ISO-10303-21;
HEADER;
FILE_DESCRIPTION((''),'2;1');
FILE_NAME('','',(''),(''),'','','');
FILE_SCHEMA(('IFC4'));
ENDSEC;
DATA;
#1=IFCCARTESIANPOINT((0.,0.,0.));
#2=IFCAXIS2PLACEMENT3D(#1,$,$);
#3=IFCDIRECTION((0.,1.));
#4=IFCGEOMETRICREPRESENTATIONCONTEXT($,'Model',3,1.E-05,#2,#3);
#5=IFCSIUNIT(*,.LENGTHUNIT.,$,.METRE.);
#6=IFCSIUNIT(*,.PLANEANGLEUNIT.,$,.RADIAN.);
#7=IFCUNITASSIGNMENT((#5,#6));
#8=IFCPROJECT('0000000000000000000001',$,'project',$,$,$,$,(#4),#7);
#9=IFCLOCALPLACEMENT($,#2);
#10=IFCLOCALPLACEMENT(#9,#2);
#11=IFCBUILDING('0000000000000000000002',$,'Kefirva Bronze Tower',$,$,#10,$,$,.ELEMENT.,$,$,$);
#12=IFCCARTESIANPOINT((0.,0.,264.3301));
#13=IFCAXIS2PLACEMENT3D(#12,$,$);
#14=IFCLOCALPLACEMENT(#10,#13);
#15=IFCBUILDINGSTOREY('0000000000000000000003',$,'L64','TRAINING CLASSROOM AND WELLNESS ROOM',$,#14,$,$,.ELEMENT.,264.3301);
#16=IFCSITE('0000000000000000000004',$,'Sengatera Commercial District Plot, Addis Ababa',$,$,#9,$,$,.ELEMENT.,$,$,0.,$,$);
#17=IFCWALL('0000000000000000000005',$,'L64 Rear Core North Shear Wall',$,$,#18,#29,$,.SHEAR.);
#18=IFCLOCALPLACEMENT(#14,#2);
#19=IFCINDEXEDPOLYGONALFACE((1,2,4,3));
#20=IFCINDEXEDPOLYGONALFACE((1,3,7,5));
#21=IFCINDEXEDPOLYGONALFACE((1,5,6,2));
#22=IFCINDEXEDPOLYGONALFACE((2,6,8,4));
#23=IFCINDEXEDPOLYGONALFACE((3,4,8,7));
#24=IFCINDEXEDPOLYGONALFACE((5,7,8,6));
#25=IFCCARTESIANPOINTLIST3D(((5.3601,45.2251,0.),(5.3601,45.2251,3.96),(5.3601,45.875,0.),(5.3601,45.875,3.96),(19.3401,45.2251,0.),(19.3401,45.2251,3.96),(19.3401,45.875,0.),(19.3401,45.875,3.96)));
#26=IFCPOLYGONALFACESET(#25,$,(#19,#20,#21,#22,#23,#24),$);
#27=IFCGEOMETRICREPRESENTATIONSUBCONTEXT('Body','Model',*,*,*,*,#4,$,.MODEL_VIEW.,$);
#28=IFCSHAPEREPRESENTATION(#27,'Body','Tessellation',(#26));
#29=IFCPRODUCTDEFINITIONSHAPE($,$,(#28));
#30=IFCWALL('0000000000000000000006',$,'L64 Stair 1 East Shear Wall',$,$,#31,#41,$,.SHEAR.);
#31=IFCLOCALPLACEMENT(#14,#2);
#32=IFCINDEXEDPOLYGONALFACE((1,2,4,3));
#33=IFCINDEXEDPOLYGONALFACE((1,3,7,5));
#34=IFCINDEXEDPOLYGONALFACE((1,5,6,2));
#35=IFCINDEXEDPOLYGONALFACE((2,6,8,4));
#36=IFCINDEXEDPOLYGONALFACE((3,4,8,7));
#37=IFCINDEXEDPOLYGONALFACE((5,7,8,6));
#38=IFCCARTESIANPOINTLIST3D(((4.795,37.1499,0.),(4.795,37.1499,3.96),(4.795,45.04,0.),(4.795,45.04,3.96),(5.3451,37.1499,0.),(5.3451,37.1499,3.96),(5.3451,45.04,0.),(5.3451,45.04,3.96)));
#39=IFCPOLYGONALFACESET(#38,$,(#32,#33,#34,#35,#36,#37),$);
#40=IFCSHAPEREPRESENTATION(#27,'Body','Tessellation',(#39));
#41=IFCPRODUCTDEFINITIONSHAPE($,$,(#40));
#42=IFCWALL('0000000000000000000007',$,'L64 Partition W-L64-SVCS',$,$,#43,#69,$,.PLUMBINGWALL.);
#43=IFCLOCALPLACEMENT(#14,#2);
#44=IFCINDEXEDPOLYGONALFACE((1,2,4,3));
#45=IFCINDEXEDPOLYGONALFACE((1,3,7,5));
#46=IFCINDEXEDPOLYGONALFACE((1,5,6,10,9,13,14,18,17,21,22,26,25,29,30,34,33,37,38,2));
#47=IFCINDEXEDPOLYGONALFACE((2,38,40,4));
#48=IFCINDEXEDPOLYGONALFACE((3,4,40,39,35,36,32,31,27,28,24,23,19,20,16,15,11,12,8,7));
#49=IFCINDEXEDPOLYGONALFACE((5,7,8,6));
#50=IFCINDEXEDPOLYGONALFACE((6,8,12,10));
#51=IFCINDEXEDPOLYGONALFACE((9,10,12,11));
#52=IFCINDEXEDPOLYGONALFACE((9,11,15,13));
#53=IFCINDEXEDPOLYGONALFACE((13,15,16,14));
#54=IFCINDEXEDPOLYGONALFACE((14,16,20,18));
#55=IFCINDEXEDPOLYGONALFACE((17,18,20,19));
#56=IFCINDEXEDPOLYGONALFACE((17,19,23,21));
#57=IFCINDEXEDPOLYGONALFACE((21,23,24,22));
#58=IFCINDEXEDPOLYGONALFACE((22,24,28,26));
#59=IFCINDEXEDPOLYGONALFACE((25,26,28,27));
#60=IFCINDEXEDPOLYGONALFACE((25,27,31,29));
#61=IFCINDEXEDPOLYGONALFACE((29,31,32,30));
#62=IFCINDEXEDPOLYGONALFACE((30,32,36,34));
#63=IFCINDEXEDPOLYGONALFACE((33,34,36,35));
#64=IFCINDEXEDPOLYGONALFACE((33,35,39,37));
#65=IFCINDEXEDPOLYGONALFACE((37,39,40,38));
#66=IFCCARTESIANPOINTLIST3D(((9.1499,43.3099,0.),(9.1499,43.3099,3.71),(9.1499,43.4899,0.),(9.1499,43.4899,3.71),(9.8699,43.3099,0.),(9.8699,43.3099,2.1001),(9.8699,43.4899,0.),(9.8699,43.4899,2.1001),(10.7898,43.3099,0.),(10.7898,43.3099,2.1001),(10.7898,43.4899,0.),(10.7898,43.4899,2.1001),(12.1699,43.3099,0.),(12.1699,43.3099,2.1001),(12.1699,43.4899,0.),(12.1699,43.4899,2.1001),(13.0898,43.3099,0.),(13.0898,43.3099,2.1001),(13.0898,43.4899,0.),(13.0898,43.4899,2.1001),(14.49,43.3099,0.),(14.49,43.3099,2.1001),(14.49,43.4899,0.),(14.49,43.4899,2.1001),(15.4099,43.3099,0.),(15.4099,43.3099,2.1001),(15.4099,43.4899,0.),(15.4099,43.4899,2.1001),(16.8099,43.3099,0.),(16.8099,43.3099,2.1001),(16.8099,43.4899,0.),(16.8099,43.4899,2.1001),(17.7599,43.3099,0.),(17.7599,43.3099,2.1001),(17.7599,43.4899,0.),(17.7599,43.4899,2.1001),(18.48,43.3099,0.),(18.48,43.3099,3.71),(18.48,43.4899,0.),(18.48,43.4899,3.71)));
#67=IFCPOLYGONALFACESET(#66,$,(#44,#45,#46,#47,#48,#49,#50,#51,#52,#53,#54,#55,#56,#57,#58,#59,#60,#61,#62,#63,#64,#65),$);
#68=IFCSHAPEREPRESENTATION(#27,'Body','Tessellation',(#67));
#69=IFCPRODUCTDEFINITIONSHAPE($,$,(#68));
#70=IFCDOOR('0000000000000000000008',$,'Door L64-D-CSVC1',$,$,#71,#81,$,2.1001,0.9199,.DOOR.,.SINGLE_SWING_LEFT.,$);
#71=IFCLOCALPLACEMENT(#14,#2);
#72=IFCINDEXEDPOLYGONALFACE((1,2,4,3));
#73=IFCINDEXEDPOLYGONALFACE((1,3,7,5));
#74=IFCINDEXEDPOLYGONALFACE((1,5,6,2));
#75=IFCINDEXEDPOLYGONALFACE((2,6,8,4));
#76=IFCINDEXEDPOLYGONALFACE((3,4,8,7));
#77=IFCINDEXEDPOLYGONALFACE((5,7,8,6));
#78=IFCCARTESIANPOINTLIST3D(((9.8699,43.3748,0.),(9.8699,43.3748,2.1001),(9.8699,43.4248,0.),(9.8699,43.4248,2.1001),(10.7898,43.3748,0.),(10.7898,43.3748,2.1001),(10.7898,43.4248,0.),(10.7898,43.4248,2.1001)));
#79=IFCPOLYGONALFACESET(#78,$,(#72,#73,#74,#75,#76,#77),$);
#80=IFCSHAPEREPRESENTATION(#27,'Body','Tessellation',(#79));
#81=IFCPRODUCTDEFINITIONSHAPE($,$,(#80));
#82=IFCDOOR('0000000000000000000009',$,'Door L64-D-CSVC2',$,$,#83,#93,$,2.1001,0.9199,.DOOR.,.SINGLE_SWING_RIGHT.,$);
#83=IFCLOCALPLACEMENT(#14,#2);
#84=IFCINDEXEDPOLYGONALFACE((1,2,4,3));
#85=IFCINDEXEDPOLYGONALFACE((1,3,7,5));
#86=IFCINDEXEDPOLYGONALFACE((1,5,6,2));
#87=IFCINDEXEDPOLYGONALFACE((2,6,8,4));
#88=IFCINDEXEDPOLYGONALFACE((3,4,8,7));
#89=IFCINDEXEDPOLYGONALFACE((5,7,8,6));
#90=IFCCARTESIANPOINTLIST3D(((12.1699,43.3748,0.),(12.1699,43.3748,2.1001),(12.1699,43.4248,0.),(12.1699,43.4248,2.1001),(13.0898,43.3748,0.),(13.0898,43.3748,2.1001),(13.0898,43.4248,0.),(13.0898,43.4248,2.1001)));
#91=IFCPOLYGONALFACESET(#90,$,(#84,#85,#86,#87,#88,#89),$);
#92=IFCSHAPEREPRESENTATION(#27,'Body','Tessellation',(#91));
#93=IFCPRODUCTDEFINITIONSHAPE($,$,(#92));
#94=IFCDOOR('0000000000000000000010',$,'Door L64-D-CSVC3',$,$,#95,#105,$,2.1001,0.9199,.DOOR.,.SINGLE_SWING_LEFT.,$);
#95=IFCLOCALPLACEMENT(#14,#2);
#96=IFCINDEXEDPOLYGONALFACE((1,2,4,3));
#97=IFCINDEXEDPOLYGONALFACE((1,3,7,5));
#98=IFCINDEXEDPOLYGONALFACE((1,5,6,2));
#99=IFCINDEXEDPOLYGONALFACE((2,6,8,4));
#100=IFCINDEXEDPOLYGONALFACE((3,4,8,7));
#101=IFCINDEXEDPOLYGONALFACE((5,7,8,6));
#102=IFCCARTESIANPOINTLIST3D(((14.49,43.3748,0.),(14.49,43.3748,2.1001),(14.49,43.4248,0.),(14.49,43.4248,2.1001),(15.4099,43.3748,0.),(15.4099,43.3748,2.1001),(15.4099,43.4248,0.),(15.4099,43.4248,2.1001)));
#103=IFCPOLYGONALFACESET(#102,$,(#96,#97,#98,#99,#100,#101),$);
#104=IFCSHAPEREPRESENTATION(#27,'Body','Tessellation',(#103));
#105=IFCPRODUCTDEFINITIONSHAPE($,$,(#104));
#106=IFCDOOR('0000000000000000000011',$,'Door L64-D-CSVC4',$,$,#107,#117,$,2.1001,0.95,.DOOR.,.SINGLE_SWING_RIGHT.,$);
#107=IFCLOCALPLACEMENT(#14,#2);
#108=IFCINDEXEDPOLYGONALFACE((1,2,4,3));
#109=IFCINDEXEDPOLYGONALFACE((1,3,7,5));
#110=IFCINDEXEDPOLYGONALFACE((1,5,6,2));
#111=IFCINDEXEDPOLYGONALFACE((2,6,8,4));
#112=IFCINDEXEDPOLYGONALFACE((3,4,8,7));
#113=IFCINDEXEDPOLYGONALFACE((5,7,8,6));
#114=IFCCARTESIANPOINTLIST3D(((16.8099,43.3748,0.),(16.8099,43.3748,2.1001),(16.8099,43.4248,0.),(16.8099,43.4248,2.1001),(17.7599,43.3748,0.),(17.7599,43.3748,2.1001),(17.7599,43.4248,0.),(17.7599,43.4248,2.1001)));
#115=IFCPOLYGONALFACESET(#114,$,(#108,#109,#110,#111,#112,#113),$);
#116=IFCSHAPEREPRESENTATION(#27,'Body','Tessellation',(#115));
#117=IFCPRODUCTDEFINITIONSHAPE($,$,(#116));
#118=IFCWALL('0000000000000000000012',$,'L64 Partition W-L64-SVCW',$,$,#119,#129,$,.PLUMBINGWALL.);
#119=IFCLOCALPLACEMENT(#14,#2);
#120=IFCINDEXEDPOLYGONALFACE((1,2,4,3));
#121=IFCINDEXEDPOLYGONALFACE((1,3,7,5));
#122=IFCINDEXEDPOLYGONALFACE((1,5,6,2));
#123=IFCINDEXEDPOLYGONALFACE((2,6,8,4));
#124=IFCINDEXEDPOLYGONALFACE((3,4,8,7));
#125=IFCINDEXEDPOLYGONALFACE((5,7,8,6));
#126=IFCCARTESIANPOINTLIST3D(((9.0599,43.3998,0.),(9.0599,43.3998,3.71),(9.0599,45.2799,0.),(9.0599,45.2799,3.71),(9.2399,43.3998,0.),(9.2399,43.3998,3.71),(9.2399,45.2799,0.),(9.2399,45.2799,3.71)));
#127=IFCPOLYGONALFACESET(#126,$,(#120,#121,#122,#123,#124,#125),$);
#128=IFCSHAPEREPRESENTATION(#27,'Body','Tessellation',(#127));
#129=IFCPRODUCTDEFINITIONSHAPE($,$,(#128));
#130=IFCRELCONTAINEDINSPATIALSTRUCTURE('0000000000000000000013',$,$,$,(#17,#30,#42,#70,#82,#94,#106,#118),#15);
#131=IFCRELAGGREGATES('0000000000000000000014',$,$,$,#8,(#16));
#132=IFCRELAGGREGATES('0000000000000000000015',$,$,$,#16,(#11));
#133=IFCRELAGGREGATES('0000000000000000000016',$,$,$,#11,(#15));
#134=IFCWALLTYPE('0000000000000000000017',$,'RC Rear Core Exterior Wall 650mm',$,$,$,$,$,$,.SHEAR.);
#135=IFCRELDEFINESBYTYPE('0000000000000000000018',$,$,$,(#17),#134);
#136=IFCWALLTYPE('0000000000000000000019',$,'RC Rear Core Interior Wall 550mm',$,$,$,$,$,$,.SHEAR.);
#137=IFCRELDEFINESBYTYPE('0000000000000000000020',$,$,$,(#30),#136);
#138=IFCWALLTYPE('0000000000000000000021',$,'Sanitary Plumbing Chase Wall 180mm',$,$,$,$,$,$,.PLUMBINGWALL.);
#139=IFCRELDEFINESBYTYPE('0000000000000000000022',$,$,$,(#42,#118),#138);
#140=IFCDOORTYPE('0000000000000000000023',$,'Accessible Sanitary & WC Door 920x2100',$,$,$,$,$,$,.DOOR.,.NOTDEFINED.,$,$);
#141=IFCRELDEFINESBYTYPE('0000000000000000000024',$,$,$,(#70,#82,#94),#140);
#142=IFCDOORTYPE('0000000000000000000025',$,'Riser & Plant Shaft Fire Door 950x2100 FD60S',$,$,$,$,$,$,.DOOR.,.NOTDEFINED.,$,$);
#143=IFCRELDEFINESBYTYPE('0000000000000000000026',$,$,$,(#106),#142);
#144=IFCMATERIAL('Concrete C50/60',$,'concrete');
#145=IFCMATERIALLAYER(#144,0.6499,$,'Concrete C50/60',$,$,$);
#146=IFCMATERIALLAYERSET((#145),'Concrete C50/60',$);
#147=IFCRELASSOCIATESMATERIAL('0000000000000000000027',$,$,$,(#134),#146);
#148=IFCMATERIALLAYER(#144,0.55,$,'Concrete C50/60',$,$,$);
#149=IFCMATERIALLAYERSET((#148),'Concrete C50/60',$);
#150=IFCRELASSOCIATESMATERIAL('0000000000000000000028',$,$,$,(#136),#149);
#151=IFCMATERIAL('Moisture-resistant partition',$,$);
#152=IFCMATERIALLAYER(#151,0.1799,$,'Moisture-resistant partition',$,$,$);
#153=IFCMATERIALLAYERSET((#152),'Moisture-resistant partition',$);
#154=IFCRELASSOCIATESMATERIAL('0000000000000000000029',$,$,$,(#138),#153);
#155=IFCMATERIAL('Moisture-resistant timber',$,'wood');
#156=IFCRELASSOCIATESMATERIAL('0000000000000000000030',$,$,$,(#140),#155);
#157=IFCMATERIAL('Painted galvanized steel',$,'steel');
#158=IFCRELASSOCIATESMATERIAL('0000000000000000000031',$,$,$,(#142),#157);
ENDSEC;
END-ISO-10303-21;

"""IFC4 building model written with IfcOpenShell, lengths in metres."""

from ifc_helpers import new_model, si_unit, direction, frame, frame_2d, origin, place, context, subcontext, project, spatial, rectangle, extrude, material, layer, layer_set, type_object, element, fill, save


model = new_model("IFC4")

# Units and contexts
model_context = context("Model", 3, precision=1e-05, world=origin(), true_north=direction((0.0, 1.0)))
body_context = subcontext(model_context, "Body", "Model", "MODEL_VIEW")
ifc_project = project(units=[si_unit("LENGTHUNIT", "METRE"), si_unit("PLANEANGLEUNIT", "RADIAN")], contexts=[model_context])

# Site, building, storey
site_placement = place(None, origin())
site = spatial("IfcSite", under=ifc_project, at=site_placement, Name="Sengatera Commercial District Plot, Addis Ababa", CompositionType="ELEMENT", RefElevation=0.0)
building_placement = place(site_placement, origin())
building = spatial("IfcBuilding", under=site, at=building_placement, Name="Kefirva Bronze Tower", CompositionType="ELEMENT")
storey_placement = place(building_placement, frame((0.0, 0.0, 264.3301)))
storey = spatial("IfcBuildingStorey", under=building, at=storey_placement, Name="L64", Description="TRAINING CLASSROOM AND WELLNESS ROOM", CompositionType="ELEMENT", Elevation=264.3301)

# Walls
ifc_material_1 = material(Name="Concrete C50/60", Category="concrete")
ifc_layer_1 = layer(ifc_material_1, 0.6499, Name="Concrete C50/60")
ifc_layer_set_1 = layer_set([ifc_layer_1], Name="Concrete C50/60")
wall_type_1 = type_object("IfcWallType", Name="RC Rear Core Exterior Wall 650mm", PredefinedType="SHEAR", material=ifc_layer_set_1)
wall_1_placement = place(storey_placement, frame((5.3601, 45.55, 0.0), z_axis=(0.0, 0.0, 1.0), x_axis=(1.0, 0.0, 0.0)))
element("IfcWall", 1, at=wall_1_placement, inside=storey, type_object=wall_type_1, Name="L64 Rear Core North Shear Wall", PredefinedType="SHEAR", context=body_context, shape_type="SweptSolid", body=[
    extrude(rectangle(XDim=13.98, YDim=0.6499, at=frame_2d((6.99, 0.0))), origin(), (0.0, 0.0, 1.0), 3.96),
])
ifc_layer_2 = layer(ifc_material_1, 0.55, Name="Concrete C50/60")
ifc_layer_set_2 = layer_set([ifc_layer_2], Name="Concrete C50/60")
wall_type_2 = type_object("IfcWallType", Name="RC Rear Core Interior Wall 550mm", PredefinedType="SHEAR", material=ifc_layer_set_2)
wall_2_placement = place(storey_placement, frame((5.0701, 37.1499, 0.0), z_axis=(0.0, 0.0, 1.0), x_axis=(0.0, 1.0, 0.0)))
element("IfcWall", 2, at=wall_2_placement, inside=storey, type_object=wall_type_2, Name="L64 Stair 1 East Shear Wall", PredefinedType="SHEAR", context=body_context, shape_type="SweptSolid", body=[
    extrude(rectangle(XDim=7.8901, YDim=0.55, at=frame_2d((3.9451, 0.0))), origin(), (0.0, 0.0, 1.0), 3.96),
])

# Wall, openings, doors
ifc_material_2 = material(Name="Moisture-resistant partition")
ifc_layer_3 = layer(ifc_material_2, 0.1799, Name="Moisture-resistant partition")
ifc_layer_set_3 = layer_set([ifc_layer_3], Name="Moisture-resistant partition")
wall_type_3 = type_object("IfcWallType", Name="Sanitary Plumbing Chase Wall 180mm", PredefinedType="PLUMBINGWALL", material=ifc_layer_set_3)
wall_3_placement = place(storey_placement, frame((9.1499, 43.3999, 0.0), z_axis=(0.0, 0.0, 1.0), x_axis=(1.0, 0.0, 0.0)))
wall_3 = element("IfcWall", 3, at=wall_3_placement, inside=storey, type_object=wall_type_3, Name="L64 Partition W-L64-SVCS", PredefinedType="PLUMBINGWALL", context=body_context, shape_type="SweptSolid", body=[
    extrude(rectangle(XDim=9.3301, YDim=0.1799, at=frame_2d((4.665, 0.0))), origin(), (0.0, 0.0, 1.0), 3.71),
])
opening_1_placement = place(wall_3_placement, frame((0.72, 0.0, 0.0)))
opening_1 = element("IfcOpeningElement", 4, at=opening_1_placement, cuts=wall_3, PredefinedType="OPENING", context=body_context, shape_type="SweptSolid", body=[
    extrude(rectangle(XDim=0.9199, YDim=2.1001, at=frame_2d((0.46, 1.05))), frame((0.0, 0.1001, 0.0), z_axis=(0.0, -1.0, 0.0), x_axis=(1.0, 0.0, 0.0)), (0.0, 0.0, 1.0), 0.2),
])
opening_2_placement = place(wall_3_placement, frame((3.02, 0.0, 0.0)))
opening_2 = element("IfcOpeningElement", 5, at=opening_2_placement, cuts=wall_3, PredefinedType="OPENING", context=body_context, shape_type="SweptSolid", body=[
    extrude(rectangle(XDim=0.9199, YDim=2.1001, at=frame_2d((0.46, 1.05))), frame((0.0, 0.1001, 0.0), z_axis=(0.0, -1.0, 0.0), x_axis=(1.0, 0.0, 0.0)), (0.0, 0.0, 1.0), 0.2),
])
opening_3_placement = place(wall_3_placement, frame((5.3401, 0.0, 0.0)))
opening_3 = element("IfcOpeningElement", 6, at=opening_3_placement, cuts=wall_3, PredefinedType="OPENING", context=body_context, shape_type="SweptSolid", body=[
    extrude(rectangle(XDim=0.9199, YDim=2.1001, at=frame_2d((0.46, 1.05))), frame((0.0, 0.1001, 0.0), z_axis=(0.0, -1.0, 0.0), x_axis=(1.0, 0.0, 0.0)), (0.0, 0.0, 1.0), 0.2),
])
opening_4_placement = place(wall_3_placement, frame((7.6599, 0.0, 0.0)))
opening_4 = element("IfcOpeningElement", 7, at=opening_4_placement, cuts=wall_3, PredefinedType="OPENING", context=body_context, shape_type="SweptSolid", body=[
    extrude(rectangle(XDim=0.95, YDim=2.1001, at=frame_2d((0.4751, 1.05))), frame((0.0, 0.1001, 0.0), z_axis=(0.0, -1.0, 0.0), x_axis=(1.0, 0.0, 0.0)), (0.0, 0.0, 1.0), 0.2),
])
ifc_material_3 = material(Name="Moisture-resistant timber", Category="wood")
door_type_1 = type_object("IfcDoorType", Name="Accessible Sanitary & WC Door 920x2100", OperationType="NOTDEFINED", PredefinedType="DOOR", material=ifc_material_3)
door_1_placement = place(opening_1_placement, origin())
door_1 = element("IfcDoor", 8, at=door_1_placement, inside=storey, type_object=door_type_1, Name="Door L64-D-CSVC1", OperationType="SINGLE_SWING_LEFT", OverallHeight=2.1001, OverallWidth=0.9199, PredefinedType="DOOR", context=body_context, shape_type="SweptSolid", body=[
    extrude(rectangle(XDim=0.9199, YDim=2.1001, at=frame_2d((0.46, 1.05))), frame((0.0, 0.0249, 0.0), z_axis=(0.0, -1.0, 0.0), x_axis=(1.0, 0.0, 0.0)), (0.0, 0.0, 1.0), 0.05),
])
fill(opening_1, door_1)
door_2_placement = place(opening_2_placement, origin())
door_2 = element("IfcDoor", 9, at=door_2_placement, inside=storey, type_object=door_type_1, Name="Door L64-D-CSVC2", OperationType="SINGLE_SWING_RIGHT", OverallHeight=2.1001, OverallWidth=0.9199, PredefinedType="DOOR", context=body_context, shape_type="SweptSolid", body=[
    extrude(rectangle(XDim=0.9199, YDim=2.1001, at=frame_2d((0.46, 1.05))), frame((0.0, 0.0249, 0.0), z_axis=(0.0, -1.0, 0.0), x_axis=(1.0, 0.0, 0.0)), (0.0, 0.0, 1.0), 0.05),
])
fill(opening_2, door_2)
door_3_placement = place(opening_3_placement, origin())
door_3 = element("IfcDoor", 10, at=door_3_placement, inside=storey, type_object=door_type_1, Name="Door L64-D-CSVC3", OperationType="SINGLE_SWING_LEFT", OverallHeight=2.1001, OverallWidth=0.9199, PredefinedType="DOOR", context=body_context, shape_type="SweptSolid", body=[
    extrude(rectangle(XDim=0.9199, YDim=2.1001, at=frame_2d((0.46, 1.05))), frame((0.0, 0.0249, 0.0), z_axis=(0.0, -1.0, 0.0), x_axis=(1.0, 0.0, 0.0)), (0.0, 0.0, 1.0), 0.05),
])
fill(opening_3, door_3)
ifc_material_4 = material(Name="Painted galvanized steel", Category="steel")
door_type_2 = type_object("IfcDoorType", Name="Riser & Plant Shaft Fire Door 950x2100 FD60S", OperationType="NOTDEFINED", PredefinedType="DOOR", material=ifc_material_4)
door_4_placement = place(opening_4_placement, origin())
door_4 = element("IfcDoor", 11, at=door_4_placement, inside=storey, type_object=door_type_2, Name="Door L64-D-CSVC4", OperationType="SINGLE_SWING_RIGHT", OverallHeight=2.1001, OverallWidth=0.95, PredefinedType="DOOR", context=body_context, shape_type="SweptSolid", body=[
    extrude(rectangle(XDim=0.95, YDim=2.1001, at=frame_2d((0.4751, 1.05))), frame((0.0, 0.0249, 0.0), z_axis=(0.0, -1.0, 0.0), x_axis=(1.0, 0.0, 0.0)), (0.0, 0.0, 1.0), 0.05),
])
fill(opening_4, door_4)

# Wall
wall_4_placement = place(storey_placement, frame((9.1499, 43.3999, 0.0), z_axis=(0.0, 0.0, 1.0), x_axis=(0.0, 1.0, 0.0)))
element("IfcWall", 12, at=wall_4_placement, inside=storey, type_object=wall_type_3, Name="L64 Partition W-L64-SVCW", PredefinedType="PLUMBINGWALL", context=body_context, shape_type="SweptSolid", body=[
    extrude(rectangle(XDim=1.8801, YDim=0.1799, at=frame_2d((0.9399, 0.0))), origin(), (0.0, 0.0, 1.0), 3.71),
])

save(model, "model.ifc")
